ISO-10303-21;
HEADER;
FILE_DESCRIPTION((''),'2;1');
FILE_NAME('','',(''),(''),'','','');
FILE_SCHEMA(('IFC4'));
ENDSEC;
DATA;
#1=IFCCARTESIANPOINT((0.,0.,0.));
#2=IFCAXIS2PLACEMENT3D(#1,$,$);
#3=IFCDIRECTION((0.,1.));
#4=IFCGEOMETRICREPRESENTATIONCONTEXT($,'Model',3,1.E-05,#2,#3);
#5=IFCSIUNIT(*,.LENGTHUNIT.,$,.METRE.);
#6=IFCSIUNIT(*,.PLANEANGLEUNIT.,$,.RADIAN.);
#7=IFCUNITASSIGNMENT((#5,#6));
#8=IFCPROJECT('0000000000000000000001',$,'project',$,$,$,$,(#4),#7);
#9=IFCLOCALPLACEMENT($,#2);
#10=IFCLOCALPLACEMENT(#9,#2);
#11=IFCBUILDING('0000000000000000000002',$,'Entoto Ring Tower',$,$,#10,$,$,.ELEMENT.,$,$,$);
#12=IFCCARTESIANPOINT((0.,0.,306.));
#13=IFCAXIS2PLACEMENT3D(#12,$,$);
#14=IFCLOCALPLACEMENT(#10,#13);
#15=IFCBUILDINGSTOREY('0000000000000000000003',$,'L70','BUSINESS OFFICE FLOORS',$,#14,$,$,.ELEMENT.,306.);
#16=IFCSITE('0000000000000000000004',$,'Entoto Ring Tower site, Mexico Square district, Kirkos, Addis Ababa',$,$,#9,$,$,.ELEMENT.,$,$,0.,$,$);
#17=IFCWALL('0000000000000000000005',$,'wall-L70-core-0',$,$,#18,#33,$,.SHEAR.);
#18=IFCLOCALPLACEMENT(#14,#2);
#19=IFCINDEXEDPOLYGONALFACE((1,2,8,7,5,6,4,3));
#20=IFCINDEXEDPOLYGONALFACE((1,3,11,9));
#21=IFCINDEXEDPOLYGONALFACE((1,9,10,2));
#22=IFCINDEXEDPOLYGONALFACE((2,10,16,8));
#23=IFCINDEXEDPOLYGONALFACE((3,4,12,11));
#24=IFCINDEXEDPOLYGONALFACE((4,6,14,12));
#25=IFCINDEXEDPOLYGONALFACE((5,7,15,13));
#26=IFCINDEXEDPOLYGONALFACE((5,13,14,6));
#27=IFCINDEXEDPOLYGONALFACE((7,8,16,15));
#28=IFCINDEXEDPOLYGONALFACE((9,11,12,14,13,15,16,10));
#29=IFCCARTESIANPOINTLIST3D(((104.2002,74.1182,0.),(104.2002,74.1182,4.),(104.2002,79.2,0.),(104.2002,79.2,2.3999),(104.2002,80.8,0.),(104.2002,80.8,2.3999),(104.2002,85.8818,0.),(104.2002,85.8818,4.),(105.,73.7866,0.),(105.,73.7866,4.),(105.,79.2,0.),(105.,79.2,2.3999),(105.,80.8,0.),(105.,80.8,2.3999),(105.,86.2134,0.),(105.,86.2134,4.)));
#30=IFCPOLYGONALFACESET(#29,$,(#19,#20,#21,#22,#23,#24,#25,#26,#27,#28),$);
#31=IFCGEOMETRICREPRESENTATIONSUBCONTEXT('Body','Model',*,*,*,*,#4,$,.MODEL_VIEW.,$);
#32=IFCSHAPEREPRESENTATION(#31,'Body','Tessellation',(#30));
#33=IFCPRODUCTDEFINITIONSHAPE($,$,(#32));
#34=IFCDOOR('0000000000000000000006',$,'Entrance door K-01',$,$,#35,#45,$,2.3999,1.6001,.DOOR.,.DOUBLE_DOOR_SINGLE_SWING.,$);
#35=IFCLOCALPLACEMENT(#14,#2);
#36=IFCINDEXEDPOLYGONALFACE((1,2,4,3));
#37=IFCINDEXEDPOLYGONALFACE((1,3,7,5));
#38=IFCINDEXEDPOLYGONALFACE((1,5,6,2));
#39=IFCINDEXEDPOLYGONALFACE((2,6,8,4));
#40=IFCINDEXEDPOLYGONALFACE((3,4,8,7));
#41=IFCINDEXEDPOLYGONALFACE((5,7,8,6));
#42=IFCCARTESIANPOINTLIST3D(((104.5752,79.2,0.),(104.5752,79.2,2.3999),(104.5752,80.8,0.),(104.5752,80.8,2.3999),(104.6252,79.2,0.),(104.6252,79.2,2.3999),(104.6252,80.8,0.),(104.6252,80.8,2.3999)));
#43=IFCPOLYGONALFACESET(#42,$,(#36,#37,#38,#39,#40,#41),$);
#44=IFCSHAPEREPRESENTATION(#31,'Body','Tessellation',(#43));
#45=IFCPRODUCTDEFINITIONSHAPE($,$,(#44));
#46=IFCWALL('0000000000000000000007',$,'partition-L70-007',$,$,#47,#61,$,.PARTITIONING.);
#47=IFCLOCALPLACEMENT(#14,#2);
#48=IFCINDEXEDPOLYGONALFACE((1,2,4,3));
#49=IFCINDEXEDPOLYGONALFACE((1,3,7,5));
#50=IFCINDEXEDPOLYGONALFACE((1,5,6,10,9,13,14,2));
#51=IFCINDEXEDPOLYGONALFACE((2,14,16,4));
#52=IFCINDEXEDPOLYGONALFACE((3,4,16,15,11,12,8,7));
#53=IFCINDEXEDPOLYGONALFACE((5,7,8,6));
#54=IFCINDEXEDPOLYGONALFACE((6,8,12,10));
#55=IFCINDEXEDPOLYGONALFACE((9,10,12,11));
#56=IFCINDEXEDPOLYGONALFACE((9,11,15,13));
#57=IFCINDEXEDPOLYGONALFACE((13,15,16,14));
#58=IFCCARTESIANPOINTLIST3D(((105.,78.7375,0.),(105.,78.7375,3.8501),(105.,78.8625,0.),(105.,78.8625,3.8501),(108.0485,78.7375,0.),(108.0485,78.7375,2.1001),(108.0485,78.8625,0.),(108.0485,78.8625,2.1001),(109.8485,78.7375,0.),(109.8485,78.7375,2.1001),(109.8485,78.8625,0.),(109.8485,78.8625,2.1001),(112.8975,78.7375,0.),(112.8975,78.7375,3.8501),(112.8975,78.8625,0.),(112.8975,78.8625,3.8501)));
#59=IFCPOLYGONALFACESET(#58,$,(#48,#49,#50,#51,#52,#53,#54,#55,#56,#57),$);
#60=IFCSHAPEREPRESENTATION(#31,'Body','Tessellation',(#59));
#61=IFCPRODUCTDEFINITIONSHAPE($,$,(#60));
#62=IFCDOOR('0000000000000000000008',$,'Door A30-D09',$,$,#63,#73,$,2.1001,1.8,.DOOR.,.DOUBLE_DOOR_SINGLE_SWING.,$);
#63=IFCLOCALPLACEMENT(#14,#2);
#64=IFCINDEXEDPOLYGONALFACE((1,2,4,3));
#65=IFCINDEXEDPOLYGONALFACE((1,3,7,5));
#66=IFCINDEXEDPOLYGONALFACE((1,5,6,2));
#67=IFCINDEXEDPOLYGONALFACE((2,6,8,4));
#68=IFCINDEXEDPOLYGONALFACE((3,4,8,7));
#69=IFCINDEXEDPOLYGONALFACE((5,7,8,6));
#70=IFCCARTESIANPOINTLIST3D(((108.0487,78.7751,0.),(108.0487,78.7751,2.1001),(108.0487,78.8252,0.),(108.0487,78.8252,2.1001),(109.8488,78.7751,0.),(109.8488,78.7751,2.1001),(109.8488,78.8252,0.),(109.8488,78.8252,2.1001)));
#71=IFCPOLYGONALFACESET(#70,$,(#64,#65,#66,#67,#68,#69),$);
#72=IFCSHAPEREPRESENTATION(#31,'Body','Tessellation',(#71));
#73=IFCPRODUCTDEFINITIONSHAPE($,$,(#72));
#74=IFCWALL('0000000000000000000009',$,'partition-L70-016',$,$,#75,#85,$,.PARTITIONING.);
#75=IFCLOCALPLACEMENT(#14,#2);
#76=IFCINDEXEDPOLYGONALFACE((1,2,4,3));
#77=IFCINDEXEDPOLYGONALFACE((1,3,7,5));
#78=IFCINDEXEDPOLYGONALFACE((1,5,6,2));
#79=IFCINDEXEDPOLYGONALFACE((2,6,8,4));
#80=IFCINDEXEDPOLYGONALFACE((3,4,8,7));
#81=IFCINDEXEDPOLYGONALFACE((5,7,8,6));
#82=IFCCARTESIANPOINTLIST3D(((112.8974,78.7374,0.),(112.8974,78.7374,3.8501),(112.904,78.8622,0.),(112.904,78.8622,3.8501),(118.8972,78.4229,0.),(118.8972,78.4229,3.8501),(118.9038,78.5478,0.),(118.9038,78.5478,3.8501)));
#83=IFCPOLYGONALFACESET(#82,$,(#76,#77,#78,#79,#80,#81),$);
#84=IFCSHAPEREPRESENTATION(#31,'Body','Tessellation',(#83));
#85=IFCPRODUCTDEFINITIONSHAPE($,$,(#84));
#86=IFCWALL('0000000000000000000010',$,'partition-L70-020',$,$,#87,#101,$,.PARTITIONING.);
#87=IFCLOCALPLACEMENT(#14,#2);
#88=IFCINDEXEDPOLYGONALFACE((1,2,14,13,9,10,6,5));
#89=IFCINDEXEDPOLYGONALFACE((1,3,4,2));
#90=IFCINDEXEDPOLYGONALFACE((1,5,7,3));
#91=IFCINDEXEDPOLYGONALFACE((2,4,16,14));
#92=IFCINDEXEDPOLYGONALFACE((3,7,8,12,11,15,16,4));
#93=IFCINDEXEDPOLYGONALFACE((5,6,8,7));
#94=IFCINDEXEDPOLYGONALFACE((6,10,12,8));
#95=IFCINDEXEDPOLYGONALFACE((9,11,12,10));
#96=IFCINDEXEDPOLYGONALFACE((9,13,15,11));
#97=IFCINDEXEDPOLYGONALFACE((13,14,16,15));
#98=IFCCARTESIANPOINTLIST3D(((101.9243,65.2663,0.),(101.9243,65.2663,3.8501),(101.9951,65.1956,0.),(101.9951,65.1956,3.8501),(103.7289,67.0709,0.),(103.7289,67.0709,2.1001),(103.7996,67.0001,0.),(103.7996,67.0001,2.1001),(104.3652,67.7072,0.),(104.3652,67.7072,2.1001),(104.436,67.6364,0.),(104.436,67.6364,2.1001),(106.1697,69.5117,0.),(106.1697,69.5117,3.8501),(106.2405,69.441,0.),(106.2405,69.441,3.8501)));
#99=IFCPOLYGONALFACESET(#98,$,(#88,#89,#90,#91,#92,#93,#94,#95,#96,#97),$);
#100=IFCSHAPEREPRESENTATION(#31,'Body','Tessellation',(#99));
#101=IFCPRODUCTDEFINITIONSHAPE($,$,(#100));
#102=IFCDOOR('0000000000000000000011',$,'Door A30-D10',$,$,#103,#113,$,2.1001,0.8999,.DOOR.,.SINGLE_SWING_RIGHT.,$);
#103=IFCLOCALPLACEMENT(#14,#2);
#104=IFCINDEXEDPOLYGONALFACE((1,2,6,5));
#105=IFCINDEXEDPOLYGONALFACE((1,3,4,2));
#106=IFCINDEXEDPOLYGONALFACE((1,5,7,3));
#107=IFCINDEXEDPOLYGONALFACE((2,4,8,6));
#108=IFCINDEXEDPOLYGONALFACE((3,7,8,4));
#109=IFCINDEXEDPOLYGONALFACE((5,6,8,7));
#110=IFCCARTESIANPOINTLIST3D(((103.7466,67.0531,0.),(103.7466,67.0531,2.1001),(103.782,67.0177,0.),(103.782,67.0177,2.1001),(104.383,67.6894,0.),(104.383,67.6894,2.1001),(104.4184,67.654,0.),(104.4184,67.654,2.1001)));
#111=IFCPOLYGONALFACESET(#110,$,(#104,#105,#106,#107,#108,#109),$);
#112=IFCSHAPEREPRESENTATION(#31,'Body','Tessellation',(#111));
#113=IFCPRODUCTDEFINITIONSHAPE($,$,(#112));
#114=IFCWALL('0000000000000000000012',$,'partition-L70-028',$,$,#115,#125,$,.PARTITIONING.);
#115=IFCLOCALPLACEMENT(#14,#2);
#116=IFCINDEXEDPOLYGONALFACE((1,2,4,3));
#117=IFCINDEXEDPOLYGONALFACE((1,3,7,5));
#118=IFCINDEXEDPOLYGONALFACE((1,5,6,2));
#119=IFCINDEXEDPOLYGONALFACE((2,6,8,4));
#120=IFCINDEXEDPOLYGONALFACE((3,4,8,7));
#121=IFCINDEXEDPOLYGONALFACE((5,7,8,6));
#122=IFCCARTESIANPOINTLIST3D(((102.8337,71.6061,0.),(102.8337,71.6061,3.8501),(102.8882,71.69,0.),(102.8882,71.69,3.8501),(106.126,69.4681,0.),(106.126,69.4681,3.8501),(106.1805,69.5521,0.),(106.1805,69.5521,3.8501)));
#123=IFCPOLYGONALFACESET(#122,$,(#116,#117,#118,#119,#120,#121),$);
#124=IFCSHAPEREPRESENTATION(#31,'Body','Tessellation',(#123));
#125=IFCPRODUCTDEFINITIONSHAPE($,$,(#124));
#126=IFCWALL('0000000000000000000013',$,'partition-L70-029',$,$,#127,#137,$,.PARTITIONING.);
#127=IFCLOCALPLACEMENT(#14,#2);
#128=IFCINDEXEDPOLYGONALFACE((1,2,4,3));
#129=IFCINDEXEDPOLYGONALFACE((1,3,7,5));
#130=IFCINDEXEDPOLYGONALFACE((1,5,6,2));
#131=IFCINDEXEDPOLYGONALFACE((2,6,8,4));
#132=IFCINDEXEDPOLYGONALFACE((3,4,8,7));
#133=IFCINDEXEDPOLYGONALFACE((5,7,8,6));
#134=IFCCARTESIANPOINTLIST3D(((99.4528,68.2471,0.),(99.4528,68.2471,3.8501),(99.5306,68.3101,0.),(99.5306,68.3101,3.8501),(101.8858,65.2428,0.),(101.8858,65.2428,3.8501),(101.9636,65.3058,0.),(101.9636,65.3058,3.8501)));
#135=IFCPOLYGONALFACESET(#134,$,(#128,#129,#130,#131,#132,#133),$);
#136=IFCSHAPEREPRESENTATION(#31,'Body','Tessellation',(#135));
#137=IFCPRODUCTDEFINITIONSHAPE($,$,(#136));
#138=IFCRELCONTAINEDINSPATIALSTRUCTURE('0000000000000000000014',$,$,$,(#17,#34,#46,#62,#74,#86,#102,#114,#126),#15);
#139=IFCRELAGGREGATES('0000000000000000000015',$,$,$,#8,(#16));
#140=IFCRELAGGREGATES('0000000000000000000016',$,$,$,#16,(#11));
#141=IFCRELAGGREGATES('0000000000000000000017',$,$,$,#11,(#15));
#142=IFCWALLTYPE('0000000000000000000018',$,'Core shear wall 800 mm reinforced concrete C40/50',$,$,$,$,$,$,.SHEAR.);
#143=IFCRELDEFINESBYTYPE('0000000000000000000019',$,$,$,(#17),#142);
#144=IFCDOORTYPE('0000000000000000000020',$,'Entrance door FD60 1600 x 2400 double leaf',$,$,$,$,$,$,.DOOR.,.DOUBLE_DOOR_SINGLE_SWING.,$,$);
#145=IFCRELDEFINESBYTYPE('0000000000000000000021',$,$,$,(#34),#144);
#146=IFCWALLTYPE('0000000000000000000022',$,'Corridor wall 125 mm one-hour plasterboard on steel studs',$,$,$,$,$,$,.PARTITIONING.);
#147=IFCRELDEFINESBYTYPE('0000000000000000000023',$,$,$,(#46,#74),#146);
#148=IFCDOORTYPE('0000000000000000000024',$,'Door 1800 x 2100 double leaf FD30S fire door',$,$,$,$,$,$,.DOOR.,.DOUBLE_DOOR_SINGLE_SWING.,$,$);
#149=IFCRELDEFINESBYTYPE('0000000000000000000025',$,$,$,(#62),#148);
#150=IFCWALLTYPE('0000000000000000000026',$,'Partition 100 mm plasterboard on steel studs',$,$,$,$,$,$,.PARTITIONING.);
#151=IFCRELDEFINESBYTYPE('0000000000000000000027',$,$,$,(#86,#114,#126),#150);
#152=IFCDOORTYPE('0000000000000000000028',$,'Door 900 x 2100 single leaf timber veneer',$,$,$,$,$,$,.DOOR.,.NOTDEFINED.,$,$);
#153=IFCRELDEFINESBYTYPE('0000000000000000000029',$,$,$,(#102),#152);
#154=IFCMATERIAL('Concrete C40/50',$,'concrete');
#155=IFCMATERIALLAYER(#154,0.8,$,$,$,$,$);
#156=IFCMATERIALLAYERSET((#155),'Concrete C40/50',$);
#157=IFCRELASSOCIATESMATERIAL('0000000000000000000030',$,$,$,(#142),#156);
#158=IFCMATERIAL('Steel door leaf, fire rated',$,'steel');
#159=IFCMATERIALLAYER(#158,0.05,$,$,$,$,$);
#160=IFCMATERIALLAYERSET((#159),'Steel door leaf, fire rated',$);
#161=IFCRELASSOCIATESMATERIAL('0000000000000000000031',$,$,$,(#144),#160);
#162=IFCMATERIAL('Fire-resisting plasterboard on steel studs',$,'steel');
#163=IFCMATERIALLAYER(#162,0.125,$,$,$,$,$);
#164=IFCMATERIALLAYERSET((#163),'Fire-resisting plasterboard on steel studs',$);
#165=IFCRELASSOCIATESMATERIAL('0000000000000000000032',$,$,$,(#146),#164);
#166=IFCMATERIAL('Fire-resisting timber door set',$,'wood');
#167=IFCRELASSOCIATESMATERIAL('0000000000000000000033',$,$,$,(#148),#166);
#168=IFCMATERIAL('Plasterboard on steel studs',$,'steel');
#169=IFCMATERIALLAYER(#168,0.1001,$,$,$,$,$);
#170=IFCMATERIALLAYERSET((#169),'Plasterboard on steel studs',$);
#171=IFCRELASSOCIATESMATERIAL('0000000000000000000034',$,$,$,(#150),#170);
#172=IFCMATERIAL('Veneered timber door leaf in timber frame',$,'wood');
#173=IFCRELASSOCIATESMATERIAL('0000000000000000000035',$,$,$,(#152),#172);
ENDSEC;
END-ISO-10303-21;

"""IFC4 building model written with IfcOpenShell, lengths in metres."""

from ifc_helpers import new_model, si_unit, direction, frame, frame_2d, origin, place, context, subcontext, project, spatial, polyline, rectangle, outline, extrude, material, layer, layer_set, type_object, element, fill, save


model = new_model("IFC4")

# Units and contexts
model_context = context("Model", 3, precision=1e-05, world=origin(), true_north=direction((0.0, 1.0)))
body_context = subcontext(model_context, "Body", "Model", "MODEL_VIEW")
ifc_project = project(units=[si_unit("LENGTHUNIT", "METRE"), si_unit("PLANEANGLEUNIT", "RADIAN")], contexts=[model_context])

# Site, building, storey
site_placement = place(None, origin())
site = spatial("IfcSite", under=ifc_project, at=site_placement, Name="Entoto Ring Tower site, Mexico Square district, Kirkos, Addis Ababa", CompositionType="ELEMENT", RefElevation=0.0)
building_placement = place(site_placement, origin())
building = spatial("IfcBuilding", under=site, at=building_placement, Name="Entoto Ring Tower", CompositionType="ELEMENT")
storey_placement = place(building_placement, frame((0.0, 0.0, 306.0)))
storey = spatial("IfcBuildingStorey", under=building, at=storey_placement, Name="L70", Description="BUSINESS OFFICE FLOORS", CompositionType="ELEMENT", Elevation=306.0)

# Walls, openings, doors
ifc_material_1 = material(Name="Concrete C40/50", Category="concrete")
ifc_layer_1 = layer(ifc_material_1, 0.8)
ifc_layer_set_1 = layer_set([ifc_layer_1], Name="Concrete C40/50")
wall_type_1 = type_object("IfcWallType", Name="Core shear wall 800 mm reinforced concrete C40/50", PredefinedType="SHEAR", material=ifc_layer_set_1)
wall_1_placement = place(storey_placement, frame((104.6001, 73.9524, 0.0), z_axis=(0.0, 0.0, 1.0), x_axis=(0.0, 1.0, 0.0)))
wall_1 = element("IfcWall", 1, at=wall_1_placement, inside=storey, type_object=wall_type_1, Name="wall-L70-core-0", PredefinedType="SHEAR", context=body_context, shape_type="SweptSolid", body=[
    extrude(outline(polyline([(-0.1658, -0.3999), (12.261, -0.3999), (11.9294, 0.3999), (0.1658, 0.3999), (-0.1658, -0.3999)])), origin(), (0.0, 0.0, 1.0), 4.0),
])
opening_1_placement = place(wall_1_placement, frame((5.2476, 0.0, 0.0)))
opening_1 = element("IfcOpeningElement", 2, at=opening_1_placement, cuts=wall_1, PredefinedType="OPENING", context=body_context, shape_type="SweptSolid", body=[
    extrude(rectangle(XDim=1.6001, YDim=2.3999, at=frame_2d((0.8, 1.2))), frame((0.0, 0.4102, 0.0), z_axis=(0.0, -1.0, 0.0), x_axis=(1.0, 0.0, 0.0)), (0.0, 0.0, 1.0), 0.8201),
])
ifc_material_2 = material(Name="Steel door leaf, fire rated", Category="steel")
ifc_layer_2 = layer(ifc_material_2, 0.05)
ifc_layer_set_2 = layer_set([ifc_layer_2], Name="Steel door leaf, fire rated")
door_type_1 = type_object("IfcDoorType", Name="Entrance door FD60 1600 x 2400 double leaf", OperationType="DOUBLE_DOOR_SINGLE_SWING", PredefinedType="DOOR", material=ifc_layer_set_2)
door_1_placement = place(opening_1_placement, origin())
door_1 = element("IfcDoor", 3, at=door_1_placement, inside=storey, type_object=door_type_1, Name="Entrance door K-01", OperationType="DOUBLE_DOOR_SINGLE_SWING", OverallHeight=2.3999, OverallWidth=1.6001, PredefinedType="DOOR", context=body_context, shape_type="SweptSolid", body=[
    extrude(rectangle(XDim=1.6001, YDim=2.3999, at=frame_2d((0.8, 1.2))), frame((0.0, 0.0249, 0.0), z_axis=(0.0, -1.0, 0.0), x_axis=(1.0, 0.0, 0.0)), (0.0, 0.0, 1.0), 0.05),
])
fill(opening_1, door_1)
ifc_material_3 = material(Name="Fire-resisting plasterboard on steel studs", Category="steel")
ifc_layer_3 = layer(ifc_material_3, 0.125)
ifc_layer_set_3 = layer_set([ifc_layer_3], Name="Fire-resisting plasterboard on steel studs")
wall_type_2 = type_object("IfcWallType", Name="Corridor wall 125 mm one-hour plasterboard on steel studs", PredefinedType="PARTITIONING", material=ifc_layer_set_3)
wall_2_placement = place(storey_placement, frame((105.0, 78.8, 0.0), z_axis=(0.0, 0.0, 1.0), x_axis=(1.0, 0.0, 0.0)))
wall_2 = element("IfcWall", 4, at=wall_2_placement, inside=storey, type_object=wall_type_2, Name="partition-L70-007", PredefinedType="PARTITIONING", context=body_context, shape_type="SweptSolid", body=[
    extrude(rectangle(XDim=7.8975, YDim=0.125, at=frame_2d((3.9487, 0.0))), origin(), (0.0, 0.0, 1.0), 3.8501),
])
opening_2_placement = place(wall_2_placement, frame((3.0486, 0.0, 0.0)))
opening_2 = element("IfcOpeningElement", 5, at=opening_2_placement, cuts=wall_2, PredefinedType="OPENING", context=body_context, shape_type="SweptSolid", body=[
    extrude(rectangle(XDim=1.8, YDim=2.1001, at=frame_2d((0.8999, 1.05))), frame((0.0, 0.0725, 0.0), z_axis=(0.0, -1.0, 0.0), x_axis=(1.0, 0.0, 0.0)), (0.0, 0.0, 1.0), 0.145),
])
ifc_material_4 = material(Name="Fire-resisting timber door set", Category="wood")
door_type_2 = type_object("IfcDoorType", Name="Door 1800 x 2100 double leaf FD30S fire door", OperationType="DOUBLE_DOOR_SINGLE_SWING", PredefinedType="DOOR", material=ifc_material_4)
door_2_placement = place(opening_2_placement, frame((1.8, 0.0, 0.0), z_axis=(0.0, 0.0, 1.0), x_axis=(-1.0, 0.0, 0.0)))
door_2 = element("IfcDoor", 6, at=door_2_placement, inside=storey, type_object=door_type_2, Name="Door A30-D09", OperationType="DOUBLE_DOOR_SINGLE_SWING", OverallHeight=2.1001, OverallWidth=1.8, PredefinedType="DOOR", context=body_context, shape_type="SweptSolid", body=[
    extrude(rectangle(XDim=1.8, YDim=2.1001, at=frame_2d((0.8999, 1.05))), frame((0.0, 0.0249, 0.0), z_axis=(0.0, -1.0, 0.0), x_axis=(1.0, 0.0, 0.0)), (0.0, 0.0, 1.0), 0.05),
])
fill(opening_2, door_2)

# Wall
wall_3_placement = place(storey_placement, frame((118.9004, 78.4854, 0.0), z_axis=(0.0, 0.0, 1.0), x_axis=(-0.998629, 0.052339, 0.0)))
element("IfcWall", 7, at=wall_3_placement, inside=storey, type_object=wall_type_2, Name="partition-L70-016", PredefinedType="PARTITIONING", context=body_context, shape_type="SweptSolid", body=[
    extrude(rectangle(XDim=6.0081, YDim=0.125, at=frame_2d((3.0039, 0.0))), origin(), (0.0, 0.0, 1.0), 3.8501),
])

# Wall, opening, door
ifc_material_5 = material(Name="Plasterboard on steel studs", Category="steel")
ifc_layer_4 = layer(ifc_material_5, 0.1001)
ifc_layer_set_4 = layer_set([ifc_layer_4], Name="Plasterboard on steel studs")
wall_type_3 = type_object("IfcWallType", Name="Partition 100 mm plasterboard on steel studs", PredefinedType="PARTITIONING", material=ifc_layer_set_4)
wall_4_placement = place(storey_placement, frame((101.9597, 65.231, 0.0), z_axis=(0.0, 0.0, 1.0), x_axis=(0.707107, 0.707107, 0.0)))
wall_4 = element("IfcWall", 8, at=wall_4_placement, inside=storey, type_object=wall_type_3, Name="partition-L70-020", PredefinedType="PARTITIONING", context=body_context, shape_type="SweptSolid", body=[
    extrude(rectangle(XDim=6.0039, YDim=0.1001, at=frame_2d((3.002, 0.0))), origin(), (0.0, 0.0, 1.0), 3.8501),
])
opening_3_placement = place(wall_4_placement, frame((2.552, 0.0, 0.0)))
opening_3 = element("IfcOpeningElement", 9, at=opening_3_placement, cuts=wall_4, PredefinedType="OPENING", context=body_context, shape_type="SweptSolid", body=[
    extrude(rectangle(XDim=0.8999, YDim=2.1001, at=frame_2d((0.45, 1.05))), frame((0.0, 0.0601, 0.0), z_axis=(0.0, -1.0, 0.0), x_axis=(1.0, 0.0, 0.0)), (0.0, 0.0, 1.0), 0.1201),
])
ifc_material_6 = material(Name="Veneered timber door leaf in timber frame", Category="wood")
door_type_3 = type_object("IfcDoorType", Name="Door 900 x 2100 single leaf timber veneer", OperationType="NOTDEFINED", PredefinedType="DOOR", material=ifc_material_6)
door_3_placement = place(opening_3_placement, origin())
door_3 = element("IfcDoor", 10, at=door_3_placement, inside=storey, type_object=door_type_3, Name="Door A30-D10", OperationType="SINGLE_SWING_RIGHT", OverallHeight=2.1001, OverallWidth=0.8999, PredefinedType="DOOR", context=body_context, shape_type="SweptSolid", body=[
    extrude(rectangle(XDim=0.8999, YDim=2.1001, at=frame_2d((0.45, 1.05))), frame((0.0, 0.0249, 0.0), z_axis=(0.0, -1.0, 0.0), x_axis=(1.0, 0.0, 0.0)), (0.0, 0.0, 1.0), 0.05),
])
fill(opening_3, door_3)

# Walls
wall_5_placement = place(storey_placement, frame((106.1533, 69.51, 0.0), z_axis=(0.0, 0.0, 1.0), x_axis=(-0.838678, 0.544628, 0.0)))
element("IfcWall", 11, at=wall_5_placement, inside=storey, type_object=wall_type_3, Name="partition-L70-028", PredefinedType="PARTITIONING", context=body_context, shape_type="SweptSolid", body=[
    extrude(rectangle(XDim=3.9255, YDim=0.1001, at=frame_2d((1.9629, 0.0))), origin(), (0.0, 0.0, 1.0), 3.8501),
])
wall_6_placement = place(storey_placement, frame((101.9248, 65.2742, 0.0), z_axis=(0.0, 0.0, 1.0), x_axis=(-0.629351, 0.777121, 0.0)))
element("IfcWall", 12, at=wall_6_placement, inside=storey, type_object=wall_type_3, Name="partition-L70-029", PredefinedType="PARTITIONING", context=body_context, shape_type="SweptSolid", body=[
    extrude(rectangle(XDim=3.866, YDim=0.1001, at=frame_2d((1.9331, 0.0))), origin(), (0.0, 0.0, 1.0), 3.8501),
])

save(model, "model.ifc")
